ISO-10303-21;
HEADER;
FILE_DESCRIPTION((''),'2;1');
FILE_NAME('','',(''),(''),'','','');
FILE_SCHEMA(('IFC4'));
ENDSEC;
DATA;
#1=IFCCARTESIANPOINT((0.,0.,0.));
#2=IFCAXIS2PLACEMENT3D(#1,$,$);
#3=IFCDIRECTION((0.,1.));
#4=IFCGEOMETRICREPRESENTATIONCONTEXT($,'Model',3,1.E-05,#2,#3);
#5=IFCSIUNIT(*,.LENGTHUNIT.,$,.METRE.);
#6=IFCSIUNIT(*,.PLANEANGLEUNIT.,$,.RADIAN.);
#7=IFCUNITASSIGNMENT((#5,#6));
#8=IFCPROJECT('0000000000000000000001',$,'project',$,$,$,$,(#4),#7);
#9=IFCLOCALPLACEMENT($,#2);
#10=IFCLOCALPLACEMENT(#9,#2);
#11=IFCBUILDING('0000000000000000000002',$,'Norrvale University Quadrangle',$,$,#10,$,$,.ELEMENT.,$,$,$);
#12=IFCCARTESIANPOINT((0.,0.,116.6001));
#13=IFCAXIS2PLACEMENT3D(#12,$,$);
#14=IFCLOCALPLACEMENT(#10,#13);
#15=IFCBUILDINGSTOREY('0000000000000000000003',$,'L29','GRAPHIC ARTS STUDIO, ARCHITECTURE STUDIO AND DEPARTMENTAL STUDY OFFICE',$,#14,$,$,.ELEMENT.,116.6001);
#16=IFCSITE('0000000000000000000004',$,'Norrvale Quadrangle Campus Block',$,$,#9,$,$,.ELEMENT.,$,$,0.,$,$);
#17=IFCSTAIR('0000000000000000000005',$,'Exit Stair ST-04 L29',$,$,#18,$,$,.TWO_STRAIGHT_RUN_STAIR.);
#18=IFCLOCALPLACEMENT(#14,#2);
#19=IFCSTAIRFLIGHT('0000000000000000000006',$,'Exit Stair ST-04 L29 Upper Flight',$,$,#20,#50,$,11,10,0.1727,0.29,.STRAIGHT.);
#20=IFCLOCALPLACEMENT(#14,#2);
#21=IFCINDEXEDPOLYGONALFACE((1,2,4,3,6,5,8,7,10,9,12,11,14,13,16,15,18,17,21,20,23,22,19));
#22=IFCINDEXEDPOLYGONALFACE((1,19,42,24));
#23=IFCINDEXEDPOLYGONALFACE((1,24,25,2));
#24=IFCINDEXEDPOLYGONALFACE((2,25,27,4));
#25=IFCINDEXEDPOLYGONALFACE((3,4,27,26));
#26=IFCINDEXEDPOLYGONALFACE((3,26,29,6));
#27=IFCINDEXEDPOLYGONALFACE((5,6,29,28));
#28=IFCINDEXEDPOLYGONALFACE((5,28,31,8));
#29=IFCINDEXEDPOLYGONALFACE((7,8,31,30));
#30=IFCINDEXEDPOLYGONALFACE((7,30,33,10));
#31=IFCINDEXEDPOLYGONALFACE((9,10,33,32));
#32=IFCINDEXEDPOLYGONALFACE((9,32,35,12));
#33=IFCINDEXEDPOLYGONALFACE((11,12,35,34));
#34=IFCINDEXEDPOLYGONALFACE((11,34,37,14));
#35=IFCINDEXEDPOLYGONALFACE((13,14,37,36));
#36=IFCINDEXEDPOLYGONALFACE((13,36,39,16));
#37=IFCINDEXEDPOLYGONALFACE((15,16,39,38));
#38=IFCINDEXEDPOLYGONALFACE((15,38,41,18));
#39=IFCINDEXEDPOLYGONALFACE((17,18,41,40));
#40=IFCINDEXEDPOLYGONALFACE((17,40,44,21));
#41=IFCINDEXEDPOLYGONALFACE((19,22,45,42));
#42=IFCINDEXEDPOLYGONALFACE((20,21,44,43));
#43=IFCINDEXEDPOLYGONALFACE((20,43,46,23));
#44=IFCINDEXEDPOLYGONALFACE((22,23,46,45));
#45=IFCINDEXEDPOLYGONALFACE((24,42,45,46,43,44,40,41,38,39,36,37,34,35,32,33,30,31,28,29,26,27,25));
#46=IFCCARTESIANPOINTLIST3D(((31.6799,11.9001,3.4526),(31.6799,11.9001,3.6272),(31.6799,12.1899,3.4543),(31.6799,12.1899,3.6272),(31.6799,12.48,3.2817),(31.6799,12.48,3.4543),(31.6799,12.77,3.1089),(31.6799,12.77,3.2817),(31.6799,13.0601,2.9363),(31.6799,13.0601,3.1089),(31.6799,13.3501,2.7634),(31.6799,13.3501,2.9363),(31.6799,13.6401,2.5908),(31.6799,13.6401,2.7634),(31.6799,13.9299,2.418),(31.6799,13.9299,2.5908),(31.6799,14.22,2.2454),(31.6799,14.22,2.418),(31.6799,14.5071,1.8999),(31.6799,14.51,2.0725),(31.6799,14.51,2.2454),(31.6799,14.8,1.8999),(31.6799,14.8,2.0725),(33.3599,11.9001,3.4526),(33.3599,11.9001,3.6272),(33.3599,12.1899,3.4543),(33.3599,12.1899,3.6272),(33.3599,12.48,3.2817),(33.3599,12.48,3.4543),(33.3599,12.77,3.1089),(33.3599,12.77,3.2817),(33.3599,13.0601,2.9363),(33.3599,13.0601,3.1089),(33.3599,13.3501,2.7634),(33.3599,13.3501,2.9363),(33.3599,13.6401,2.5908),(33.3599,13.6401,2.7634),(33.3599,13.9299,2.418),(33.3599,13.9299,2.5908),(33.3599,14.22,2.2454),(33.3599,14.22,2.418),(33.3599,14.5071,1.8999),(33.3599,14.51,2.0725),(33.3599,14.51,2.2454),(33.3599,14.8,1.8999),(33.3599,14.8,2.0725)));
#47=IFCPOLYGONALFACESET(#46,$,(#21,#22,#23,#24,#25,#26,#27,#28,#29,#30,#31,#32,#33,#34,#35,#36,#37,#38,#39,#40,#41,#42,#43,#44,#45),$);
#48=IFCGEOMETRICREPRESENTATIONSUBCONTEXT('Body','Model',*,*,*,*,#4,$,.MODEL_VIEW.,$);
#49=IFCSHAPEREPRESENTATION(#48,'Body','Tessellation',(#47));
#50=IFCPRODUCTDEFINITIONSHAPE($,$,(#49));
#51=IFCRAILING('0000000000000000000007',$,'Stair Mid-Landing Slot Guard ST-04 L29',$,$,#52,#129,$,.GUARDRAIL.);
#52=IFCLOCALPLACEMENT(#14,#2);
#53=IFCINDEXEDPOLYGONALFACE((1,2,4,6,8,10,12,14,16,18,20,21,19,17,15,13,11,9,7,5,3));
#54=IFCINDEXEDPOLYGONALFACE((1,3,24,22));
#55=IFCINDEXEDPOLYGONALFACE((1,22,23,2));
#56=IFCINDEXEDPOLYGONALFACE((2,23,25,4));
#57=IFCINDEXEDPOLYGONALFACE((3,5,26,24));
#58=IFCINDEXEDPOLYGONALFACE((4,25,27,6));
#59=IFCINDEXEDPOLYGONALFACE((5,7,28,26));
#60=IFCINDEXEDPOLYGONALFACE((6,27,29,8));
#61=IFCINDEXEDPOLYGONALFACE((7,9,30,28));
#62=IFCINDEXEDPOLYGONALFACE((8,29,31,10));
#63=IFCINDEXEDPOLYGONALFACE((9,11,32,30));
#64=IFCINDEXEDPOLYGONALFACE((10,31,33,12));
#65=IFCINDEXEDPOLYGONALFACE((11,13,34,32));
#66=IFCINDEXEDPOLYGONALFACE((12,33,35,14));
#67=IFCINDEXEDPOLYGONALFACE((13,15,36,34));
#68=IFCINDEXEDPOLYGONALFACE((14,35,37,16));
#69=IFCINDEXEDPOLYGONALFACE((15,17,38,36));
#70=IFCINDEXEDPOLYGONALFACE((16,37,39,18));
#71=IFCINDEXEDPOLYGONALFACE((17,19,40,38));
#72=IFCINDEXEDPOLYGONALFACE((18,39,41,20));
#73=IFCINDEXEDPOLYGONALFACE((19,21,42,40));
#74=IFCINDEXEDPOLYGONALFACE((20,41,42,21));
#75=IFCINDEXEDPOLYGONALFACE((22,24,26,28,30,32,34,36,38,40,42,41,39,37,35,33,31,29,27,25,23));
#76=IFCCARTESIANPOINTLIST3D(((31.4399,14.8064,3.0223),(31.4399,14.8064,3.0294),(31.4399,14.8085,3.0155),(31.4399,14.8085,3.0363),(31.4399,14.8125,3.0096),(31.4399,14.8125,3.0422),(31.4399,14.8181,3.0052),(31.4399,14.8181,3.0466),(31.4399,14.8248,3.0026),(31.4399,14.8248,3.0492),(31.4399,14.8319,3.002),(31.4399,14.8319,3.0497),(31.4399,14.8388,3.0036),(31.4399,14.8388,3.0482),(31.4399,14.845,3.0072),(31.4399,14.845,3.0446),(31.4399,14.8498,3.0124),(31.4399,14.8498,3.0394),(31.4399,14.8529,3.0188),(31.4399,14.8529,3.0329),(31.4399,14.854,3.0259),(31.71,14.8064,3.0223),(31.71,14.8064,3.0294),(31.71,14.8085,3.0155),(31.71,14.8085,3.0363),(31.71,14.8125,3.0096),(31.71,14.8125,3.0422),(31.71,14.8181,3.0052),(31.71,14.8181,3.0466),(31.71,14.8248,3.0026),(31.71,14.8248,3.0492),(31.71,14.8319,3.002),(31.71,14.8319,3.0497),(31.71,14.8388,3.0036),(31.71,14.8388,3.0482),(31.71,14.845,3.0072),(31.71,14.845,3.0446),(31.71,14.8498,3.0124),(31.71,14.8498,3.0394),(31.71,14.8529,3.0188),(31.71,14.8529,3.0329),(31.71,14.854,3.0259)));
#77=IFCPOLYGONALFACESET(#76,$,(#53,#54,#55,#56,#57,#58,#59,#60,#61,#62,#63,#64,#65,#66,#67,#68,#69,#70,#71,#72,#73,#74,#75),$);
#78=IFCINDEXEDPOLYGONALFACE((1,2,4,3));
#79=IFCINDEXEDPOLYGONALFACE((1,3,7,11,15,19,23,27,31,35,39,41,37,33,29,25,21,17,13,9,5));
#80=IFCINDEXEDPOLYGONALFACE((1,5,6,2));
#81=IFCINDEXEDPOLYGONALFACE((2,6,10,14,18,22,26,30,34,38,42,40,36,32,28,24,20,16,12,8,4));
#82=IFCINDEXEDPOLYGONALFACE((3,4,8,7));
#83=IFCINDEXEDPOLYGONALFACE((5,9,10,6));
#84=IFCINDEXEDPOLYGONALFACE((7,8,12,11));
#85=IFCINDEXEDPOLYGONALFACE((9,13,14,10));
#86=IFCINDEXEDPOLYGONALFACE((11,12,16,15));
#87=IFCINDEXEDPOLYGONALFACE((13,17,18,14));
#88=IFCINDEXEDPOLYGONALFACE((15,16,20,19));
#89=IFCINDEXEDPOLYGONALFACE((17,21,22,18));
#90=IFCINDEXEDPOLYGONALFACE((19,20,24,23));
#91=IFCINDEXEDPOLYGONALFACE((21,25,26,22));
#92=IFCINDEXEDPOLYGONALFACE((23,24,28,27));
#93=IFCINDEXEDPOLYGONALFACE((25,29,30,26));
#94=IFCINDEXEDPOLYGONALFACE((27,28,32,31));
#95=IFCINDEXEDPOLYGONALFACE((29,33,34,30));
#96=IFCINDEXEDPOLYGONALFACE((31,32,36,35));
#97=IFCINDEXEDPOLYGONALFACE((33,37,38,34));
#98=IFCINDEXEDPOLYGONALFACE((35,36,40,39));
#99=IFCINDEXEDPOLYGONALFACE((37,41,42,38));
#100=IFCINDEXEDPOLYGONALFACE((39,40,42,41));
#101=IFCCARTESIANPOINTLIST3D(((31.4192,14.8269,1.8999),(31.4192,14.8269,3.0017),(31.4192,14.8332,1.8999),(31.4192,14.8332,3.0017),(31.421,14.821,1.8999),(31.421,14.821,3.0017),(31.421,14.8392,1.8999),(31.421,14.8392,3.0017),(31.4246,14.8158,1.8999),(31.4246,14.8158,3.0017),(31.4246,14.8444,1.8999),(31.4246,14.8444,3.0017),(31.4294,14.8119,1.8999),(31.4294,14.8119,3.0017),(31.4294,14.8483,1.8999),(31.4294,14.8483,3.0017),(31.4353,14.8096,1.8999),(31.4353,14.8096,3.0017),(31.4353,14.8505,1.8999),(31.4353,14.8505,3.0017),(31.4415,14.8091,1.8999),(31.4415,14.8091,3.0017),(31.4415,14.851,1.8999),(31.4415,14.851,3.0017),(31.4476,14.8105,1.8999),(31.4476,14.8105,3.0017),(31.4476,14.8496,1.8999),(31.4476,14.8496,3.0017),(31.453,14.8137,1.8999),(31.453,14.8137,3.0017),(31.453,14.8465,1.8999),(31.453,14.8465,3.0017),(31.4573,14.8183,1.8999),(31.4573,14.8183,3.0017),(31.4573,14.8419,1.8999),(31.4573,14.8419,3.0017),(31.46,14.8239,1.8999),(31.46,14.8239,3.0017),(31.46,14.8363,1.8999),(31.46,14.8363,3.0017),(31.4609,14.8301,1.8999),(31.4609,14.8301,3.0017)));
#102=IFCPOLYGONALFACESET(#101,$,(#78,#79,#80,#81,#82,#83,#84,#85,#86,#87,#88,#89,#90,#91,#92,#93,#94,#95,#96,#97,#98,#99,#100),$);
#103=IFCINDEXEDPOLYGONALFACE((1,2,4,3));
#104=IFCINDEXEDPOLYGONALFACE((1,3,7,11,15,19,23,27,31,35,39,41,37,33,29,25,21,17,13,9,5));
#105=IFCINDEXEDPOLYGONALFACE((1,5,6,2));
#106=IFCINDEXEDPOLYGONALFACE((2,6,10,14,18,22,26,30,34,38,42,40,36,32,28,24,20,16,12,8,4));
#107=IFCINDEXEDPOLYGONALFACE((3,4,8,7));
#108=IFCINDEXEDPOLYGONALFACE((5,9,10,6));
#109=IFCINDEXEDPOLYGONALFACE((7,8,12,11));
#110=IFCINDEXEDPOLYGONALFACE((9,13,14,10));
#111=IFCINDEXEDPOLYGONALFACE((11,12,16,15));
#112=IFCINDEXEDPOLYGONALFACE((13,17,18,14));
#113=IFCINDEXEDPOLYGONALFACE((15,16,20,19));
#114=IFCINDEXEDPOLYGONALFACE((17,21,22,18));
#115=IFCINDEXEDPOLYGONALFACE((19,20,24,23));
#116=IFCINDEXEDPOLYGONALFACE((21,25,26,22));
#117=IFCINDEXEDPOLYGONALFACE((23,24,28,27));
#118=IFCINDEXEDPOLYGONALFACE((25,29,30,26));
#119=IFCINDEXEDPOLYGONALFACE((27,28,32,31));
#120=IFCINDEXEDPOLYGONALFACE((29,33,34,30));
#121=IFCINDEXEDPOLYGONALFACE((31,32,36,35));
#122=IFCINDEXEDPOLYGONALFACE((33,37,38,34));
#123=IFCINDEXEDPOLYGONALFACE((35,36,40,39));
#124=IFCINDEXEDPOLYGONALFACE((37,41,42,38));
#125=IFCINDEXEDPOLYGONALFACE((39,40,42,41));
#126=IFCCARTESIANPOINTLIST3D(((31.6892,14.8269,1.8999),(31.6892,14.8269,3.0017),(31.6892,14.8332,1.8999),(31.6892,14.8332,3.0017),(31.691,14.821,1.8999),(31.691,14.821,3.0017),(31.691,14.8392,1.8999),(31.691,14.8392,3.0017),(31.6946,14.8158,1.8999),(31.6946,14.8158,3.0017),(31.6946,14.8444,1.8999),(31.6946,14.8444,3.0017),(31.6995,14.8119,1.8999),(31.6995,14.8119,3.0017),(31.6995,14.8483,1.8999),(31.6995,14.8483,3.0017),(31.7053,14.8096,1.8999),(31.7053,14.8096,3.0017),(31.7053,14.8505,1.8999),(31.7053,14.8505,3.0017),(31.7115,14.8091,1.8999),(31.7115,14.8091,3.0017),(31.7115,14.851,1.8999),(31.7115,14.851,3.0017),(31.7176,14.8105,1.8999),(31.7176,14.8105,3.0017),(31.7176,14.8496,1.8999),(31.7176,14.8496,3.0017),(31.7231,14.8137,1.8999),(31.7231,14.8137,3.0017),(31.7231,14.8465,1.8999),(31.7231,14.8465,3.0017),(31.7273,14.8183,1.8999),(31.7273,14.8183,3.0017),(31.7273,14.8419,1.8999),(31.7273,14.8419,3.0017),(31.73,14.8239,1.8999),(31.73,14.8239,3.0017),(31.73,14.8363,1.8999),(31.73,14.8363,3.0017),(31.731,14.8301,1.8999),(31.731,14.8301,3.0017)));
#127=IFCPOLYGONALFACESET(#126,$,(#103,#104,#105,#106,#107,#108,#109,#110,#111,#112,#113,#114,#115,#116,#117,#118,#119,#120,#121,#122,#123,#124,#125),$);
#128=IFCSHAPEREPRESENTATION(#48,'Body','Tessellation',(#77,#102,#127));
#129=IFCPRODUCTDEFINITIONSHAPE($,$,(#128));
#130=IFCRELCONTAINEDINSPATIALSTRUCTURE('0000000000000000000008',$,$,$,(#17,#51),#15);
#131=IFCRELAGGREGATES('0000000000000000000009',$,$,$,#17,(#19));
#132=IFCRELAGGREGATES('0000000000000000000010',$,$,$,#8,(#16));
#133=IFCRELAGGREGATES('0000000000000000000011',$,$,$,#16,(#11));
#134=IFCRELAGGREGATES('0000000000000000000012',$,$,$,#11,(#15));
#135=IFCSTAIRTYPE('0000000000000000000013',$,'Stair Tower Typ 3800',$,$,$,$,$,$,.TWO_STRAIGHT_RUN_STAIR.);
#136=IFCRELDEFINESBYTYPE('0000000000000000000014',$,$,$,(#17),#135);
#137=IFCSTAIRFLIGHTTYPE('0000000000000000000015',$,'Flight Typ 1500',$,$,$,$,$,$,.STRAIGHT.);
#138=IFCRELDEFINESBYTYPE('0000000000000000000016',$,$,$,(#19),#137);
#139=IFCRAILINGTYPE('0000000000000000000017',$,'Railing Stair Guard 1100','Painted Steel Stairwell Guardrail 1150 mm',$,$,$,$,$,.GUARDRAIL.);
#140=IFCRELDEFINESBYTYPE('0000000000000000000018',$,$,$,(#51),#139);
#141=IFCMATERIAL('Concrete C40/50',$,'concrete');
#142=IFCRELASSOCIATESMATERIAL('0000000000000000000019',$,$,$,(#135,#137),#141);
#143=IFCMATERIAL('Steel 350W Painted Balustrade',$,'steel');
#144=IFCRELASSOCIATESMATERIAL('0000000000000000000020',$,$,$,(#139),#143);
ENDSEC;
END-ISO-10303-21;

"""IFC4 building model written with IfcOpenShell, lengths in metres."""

from ifc_helpers import new_model, si_unit, direction, frame, origin, origin_2d, place, context, subcontext, project, spatial, polyline, circle, outline, extrude, material, type_object, element, aggregate, save


model = new_model("IFC4")

# Units and contexts
model_context = context("Model", 3, precision=1e-05, world=origin(), true_north=direction((0.0, 1.0)))
body_context = subcontext(model_context, "Body", "Model", "MODEL_VIEW")
ifc_project = project(units=[si_unit("LENGTHUNIT", "METRE"), si_unit("PLANEANGLEUNIT", "RADIAN")], contexts=[model_context])

# Site, building, storey
site_placement = place(None, origin())
site = spatial("IfcSite", under=ifc_project, at=site_placement, Name="Norrvale Quadrangle Campus Block", CompositionType="ELEMENT", RefElevation=0.0)
building_placement = place(site_placement, origin())
building = spatial("IfcBuilding", under=site, at=building_placement, Name="Norrvale University Quadrangle", CompositionType="ELEMENT")
storey_placement = place(building_placement, frame((0.0, 0.0, 116.6001)))
storey = spatial("IfcBuildingStorey", under=building, at=storey_placement, Name="L29", Description="GRAPHIC ARTS STUDIO, ARCHITECTURE STUDIO AND DEPARTMENTAL STUDY OFFICE", CompositionType="ELEMENT", Elevation=116.6001)

# Stair, stair flight
ifc_material_1 = material(Name="Concrete C40/50", Category="concrete")
stair_type = type_object("IfcStairType", Name="Stair Tower Typ 3800", PredefinedType="TWO_STRAIGHT_RUN_STAIR", material=ifc_material_1)
stair_placement = place(storey_placement, origin())
stair = element("IfcStair", 1, at=stair_placement, inside=storey, type_object=stair_type, Name="Exit Stair ST-04 L29", PredefinedType="TWO_STRAIGHT_RUN_STAIR")
stair_flight_type = type_object("IfcStairFlightType", Name="Flight Typ 1500", PredefinedType="STRAIGHT", material=ifc_material_1)
stair_flight_placement = place(storey_placement, frame((32.52, 14.8, 1.8999), z_axis=(0.0, 0.0, 1.0), x_axis=(0.0, -1.0, 0.0)))
stair_flight = element("IfcStairFlight", 2, at=stair_flight_placement, type_object=stair_flight_type, Name="Exit Stair ST-04 L29 Upper Flight", NumberOfRisers=11, NumberOfTreads=10, PredefinedType="STRAIGHT", RiserHeight=0.1727, TreadLength=0.29, context=body_context, shape_type="SweptSolid", body=[
    extrude(outline(polyline([(0.0, 0.0), (0.0, 0.1726), (0.29, 0.1726), (0.29, 0.3455), (0.5801, 0.3455), (0.5801, 0.5181), (0.8701, 0.5181), (0.8701, 0.6909), (1.1599, 0.6909), (1.1599, 0.8635), (1.45, 0.8635), (1.45, 1.0364), (1.74, 1.0364), (1.74, 1.209), (2.03, 1.209), (2.03, 1.3818), (2.3201, 1.3818), (2.3201, 1.5544), (2.6101, 1.5544), (2.6101, 1.7273), (2.8999, 1.7273), (2.8999, 1.8999), (2.8999, 1.5527), (0.293, 0.0), (0.0, 0.0)])), frame((0.0, 0.8398, 0.0), z_axis=(0.0, -1.0, 0.0), x_axis=(1.0, 0.0, 0.0)), (0.0, 0.0, 1.0), 1.6799),
])
aggregate(stair, [stair_flight])

# Railing
ifc_material_2 = material(Name="Steel 350W Painted Balustrade", Category="steel")
railing_type_1 = type_object("IfcRailingType", Name="Railing Stair Guard 1100", Description="Painted Steel Stairwell Guardrail 1150 mm", PredefinedType="GUARDRAIL", material=ifc_material_2)
railing_1_placement = place(storey_placement, frame((31.4399, 14.8301, 1.8999)))
element("IfcRailing", 3, at=railing_1_placement, inside=storey, type_object=railing_type_1, Name="Stair Mid-Landing Slot Guard ST-04 L29", PredefinedType="GUARDRAIL", context=body_context, shape_type="SweptSolid", body=[
    extrude(circle(Radius=0.0239, at=origin_2d()), frame((0.0, 0.0, 1.126), z_axis=(1.0, 0.0, 0.0), x_axis=(0.0, 1.0, 0.0)), (0.0, 0.0, 1.0), 0.27),
    extrude(circle(Radius=0.021, at=origin_2d()), origin(), (0.0, 0.0, 1.0), 1.1018),
    extrude(circle(Radius=0.021, at=origin_2d()), frame((0.27, 0.0, 0.0)), (0.0, 0.0, 1.0), 1.1018),
])

save(model, "model.ifc")
